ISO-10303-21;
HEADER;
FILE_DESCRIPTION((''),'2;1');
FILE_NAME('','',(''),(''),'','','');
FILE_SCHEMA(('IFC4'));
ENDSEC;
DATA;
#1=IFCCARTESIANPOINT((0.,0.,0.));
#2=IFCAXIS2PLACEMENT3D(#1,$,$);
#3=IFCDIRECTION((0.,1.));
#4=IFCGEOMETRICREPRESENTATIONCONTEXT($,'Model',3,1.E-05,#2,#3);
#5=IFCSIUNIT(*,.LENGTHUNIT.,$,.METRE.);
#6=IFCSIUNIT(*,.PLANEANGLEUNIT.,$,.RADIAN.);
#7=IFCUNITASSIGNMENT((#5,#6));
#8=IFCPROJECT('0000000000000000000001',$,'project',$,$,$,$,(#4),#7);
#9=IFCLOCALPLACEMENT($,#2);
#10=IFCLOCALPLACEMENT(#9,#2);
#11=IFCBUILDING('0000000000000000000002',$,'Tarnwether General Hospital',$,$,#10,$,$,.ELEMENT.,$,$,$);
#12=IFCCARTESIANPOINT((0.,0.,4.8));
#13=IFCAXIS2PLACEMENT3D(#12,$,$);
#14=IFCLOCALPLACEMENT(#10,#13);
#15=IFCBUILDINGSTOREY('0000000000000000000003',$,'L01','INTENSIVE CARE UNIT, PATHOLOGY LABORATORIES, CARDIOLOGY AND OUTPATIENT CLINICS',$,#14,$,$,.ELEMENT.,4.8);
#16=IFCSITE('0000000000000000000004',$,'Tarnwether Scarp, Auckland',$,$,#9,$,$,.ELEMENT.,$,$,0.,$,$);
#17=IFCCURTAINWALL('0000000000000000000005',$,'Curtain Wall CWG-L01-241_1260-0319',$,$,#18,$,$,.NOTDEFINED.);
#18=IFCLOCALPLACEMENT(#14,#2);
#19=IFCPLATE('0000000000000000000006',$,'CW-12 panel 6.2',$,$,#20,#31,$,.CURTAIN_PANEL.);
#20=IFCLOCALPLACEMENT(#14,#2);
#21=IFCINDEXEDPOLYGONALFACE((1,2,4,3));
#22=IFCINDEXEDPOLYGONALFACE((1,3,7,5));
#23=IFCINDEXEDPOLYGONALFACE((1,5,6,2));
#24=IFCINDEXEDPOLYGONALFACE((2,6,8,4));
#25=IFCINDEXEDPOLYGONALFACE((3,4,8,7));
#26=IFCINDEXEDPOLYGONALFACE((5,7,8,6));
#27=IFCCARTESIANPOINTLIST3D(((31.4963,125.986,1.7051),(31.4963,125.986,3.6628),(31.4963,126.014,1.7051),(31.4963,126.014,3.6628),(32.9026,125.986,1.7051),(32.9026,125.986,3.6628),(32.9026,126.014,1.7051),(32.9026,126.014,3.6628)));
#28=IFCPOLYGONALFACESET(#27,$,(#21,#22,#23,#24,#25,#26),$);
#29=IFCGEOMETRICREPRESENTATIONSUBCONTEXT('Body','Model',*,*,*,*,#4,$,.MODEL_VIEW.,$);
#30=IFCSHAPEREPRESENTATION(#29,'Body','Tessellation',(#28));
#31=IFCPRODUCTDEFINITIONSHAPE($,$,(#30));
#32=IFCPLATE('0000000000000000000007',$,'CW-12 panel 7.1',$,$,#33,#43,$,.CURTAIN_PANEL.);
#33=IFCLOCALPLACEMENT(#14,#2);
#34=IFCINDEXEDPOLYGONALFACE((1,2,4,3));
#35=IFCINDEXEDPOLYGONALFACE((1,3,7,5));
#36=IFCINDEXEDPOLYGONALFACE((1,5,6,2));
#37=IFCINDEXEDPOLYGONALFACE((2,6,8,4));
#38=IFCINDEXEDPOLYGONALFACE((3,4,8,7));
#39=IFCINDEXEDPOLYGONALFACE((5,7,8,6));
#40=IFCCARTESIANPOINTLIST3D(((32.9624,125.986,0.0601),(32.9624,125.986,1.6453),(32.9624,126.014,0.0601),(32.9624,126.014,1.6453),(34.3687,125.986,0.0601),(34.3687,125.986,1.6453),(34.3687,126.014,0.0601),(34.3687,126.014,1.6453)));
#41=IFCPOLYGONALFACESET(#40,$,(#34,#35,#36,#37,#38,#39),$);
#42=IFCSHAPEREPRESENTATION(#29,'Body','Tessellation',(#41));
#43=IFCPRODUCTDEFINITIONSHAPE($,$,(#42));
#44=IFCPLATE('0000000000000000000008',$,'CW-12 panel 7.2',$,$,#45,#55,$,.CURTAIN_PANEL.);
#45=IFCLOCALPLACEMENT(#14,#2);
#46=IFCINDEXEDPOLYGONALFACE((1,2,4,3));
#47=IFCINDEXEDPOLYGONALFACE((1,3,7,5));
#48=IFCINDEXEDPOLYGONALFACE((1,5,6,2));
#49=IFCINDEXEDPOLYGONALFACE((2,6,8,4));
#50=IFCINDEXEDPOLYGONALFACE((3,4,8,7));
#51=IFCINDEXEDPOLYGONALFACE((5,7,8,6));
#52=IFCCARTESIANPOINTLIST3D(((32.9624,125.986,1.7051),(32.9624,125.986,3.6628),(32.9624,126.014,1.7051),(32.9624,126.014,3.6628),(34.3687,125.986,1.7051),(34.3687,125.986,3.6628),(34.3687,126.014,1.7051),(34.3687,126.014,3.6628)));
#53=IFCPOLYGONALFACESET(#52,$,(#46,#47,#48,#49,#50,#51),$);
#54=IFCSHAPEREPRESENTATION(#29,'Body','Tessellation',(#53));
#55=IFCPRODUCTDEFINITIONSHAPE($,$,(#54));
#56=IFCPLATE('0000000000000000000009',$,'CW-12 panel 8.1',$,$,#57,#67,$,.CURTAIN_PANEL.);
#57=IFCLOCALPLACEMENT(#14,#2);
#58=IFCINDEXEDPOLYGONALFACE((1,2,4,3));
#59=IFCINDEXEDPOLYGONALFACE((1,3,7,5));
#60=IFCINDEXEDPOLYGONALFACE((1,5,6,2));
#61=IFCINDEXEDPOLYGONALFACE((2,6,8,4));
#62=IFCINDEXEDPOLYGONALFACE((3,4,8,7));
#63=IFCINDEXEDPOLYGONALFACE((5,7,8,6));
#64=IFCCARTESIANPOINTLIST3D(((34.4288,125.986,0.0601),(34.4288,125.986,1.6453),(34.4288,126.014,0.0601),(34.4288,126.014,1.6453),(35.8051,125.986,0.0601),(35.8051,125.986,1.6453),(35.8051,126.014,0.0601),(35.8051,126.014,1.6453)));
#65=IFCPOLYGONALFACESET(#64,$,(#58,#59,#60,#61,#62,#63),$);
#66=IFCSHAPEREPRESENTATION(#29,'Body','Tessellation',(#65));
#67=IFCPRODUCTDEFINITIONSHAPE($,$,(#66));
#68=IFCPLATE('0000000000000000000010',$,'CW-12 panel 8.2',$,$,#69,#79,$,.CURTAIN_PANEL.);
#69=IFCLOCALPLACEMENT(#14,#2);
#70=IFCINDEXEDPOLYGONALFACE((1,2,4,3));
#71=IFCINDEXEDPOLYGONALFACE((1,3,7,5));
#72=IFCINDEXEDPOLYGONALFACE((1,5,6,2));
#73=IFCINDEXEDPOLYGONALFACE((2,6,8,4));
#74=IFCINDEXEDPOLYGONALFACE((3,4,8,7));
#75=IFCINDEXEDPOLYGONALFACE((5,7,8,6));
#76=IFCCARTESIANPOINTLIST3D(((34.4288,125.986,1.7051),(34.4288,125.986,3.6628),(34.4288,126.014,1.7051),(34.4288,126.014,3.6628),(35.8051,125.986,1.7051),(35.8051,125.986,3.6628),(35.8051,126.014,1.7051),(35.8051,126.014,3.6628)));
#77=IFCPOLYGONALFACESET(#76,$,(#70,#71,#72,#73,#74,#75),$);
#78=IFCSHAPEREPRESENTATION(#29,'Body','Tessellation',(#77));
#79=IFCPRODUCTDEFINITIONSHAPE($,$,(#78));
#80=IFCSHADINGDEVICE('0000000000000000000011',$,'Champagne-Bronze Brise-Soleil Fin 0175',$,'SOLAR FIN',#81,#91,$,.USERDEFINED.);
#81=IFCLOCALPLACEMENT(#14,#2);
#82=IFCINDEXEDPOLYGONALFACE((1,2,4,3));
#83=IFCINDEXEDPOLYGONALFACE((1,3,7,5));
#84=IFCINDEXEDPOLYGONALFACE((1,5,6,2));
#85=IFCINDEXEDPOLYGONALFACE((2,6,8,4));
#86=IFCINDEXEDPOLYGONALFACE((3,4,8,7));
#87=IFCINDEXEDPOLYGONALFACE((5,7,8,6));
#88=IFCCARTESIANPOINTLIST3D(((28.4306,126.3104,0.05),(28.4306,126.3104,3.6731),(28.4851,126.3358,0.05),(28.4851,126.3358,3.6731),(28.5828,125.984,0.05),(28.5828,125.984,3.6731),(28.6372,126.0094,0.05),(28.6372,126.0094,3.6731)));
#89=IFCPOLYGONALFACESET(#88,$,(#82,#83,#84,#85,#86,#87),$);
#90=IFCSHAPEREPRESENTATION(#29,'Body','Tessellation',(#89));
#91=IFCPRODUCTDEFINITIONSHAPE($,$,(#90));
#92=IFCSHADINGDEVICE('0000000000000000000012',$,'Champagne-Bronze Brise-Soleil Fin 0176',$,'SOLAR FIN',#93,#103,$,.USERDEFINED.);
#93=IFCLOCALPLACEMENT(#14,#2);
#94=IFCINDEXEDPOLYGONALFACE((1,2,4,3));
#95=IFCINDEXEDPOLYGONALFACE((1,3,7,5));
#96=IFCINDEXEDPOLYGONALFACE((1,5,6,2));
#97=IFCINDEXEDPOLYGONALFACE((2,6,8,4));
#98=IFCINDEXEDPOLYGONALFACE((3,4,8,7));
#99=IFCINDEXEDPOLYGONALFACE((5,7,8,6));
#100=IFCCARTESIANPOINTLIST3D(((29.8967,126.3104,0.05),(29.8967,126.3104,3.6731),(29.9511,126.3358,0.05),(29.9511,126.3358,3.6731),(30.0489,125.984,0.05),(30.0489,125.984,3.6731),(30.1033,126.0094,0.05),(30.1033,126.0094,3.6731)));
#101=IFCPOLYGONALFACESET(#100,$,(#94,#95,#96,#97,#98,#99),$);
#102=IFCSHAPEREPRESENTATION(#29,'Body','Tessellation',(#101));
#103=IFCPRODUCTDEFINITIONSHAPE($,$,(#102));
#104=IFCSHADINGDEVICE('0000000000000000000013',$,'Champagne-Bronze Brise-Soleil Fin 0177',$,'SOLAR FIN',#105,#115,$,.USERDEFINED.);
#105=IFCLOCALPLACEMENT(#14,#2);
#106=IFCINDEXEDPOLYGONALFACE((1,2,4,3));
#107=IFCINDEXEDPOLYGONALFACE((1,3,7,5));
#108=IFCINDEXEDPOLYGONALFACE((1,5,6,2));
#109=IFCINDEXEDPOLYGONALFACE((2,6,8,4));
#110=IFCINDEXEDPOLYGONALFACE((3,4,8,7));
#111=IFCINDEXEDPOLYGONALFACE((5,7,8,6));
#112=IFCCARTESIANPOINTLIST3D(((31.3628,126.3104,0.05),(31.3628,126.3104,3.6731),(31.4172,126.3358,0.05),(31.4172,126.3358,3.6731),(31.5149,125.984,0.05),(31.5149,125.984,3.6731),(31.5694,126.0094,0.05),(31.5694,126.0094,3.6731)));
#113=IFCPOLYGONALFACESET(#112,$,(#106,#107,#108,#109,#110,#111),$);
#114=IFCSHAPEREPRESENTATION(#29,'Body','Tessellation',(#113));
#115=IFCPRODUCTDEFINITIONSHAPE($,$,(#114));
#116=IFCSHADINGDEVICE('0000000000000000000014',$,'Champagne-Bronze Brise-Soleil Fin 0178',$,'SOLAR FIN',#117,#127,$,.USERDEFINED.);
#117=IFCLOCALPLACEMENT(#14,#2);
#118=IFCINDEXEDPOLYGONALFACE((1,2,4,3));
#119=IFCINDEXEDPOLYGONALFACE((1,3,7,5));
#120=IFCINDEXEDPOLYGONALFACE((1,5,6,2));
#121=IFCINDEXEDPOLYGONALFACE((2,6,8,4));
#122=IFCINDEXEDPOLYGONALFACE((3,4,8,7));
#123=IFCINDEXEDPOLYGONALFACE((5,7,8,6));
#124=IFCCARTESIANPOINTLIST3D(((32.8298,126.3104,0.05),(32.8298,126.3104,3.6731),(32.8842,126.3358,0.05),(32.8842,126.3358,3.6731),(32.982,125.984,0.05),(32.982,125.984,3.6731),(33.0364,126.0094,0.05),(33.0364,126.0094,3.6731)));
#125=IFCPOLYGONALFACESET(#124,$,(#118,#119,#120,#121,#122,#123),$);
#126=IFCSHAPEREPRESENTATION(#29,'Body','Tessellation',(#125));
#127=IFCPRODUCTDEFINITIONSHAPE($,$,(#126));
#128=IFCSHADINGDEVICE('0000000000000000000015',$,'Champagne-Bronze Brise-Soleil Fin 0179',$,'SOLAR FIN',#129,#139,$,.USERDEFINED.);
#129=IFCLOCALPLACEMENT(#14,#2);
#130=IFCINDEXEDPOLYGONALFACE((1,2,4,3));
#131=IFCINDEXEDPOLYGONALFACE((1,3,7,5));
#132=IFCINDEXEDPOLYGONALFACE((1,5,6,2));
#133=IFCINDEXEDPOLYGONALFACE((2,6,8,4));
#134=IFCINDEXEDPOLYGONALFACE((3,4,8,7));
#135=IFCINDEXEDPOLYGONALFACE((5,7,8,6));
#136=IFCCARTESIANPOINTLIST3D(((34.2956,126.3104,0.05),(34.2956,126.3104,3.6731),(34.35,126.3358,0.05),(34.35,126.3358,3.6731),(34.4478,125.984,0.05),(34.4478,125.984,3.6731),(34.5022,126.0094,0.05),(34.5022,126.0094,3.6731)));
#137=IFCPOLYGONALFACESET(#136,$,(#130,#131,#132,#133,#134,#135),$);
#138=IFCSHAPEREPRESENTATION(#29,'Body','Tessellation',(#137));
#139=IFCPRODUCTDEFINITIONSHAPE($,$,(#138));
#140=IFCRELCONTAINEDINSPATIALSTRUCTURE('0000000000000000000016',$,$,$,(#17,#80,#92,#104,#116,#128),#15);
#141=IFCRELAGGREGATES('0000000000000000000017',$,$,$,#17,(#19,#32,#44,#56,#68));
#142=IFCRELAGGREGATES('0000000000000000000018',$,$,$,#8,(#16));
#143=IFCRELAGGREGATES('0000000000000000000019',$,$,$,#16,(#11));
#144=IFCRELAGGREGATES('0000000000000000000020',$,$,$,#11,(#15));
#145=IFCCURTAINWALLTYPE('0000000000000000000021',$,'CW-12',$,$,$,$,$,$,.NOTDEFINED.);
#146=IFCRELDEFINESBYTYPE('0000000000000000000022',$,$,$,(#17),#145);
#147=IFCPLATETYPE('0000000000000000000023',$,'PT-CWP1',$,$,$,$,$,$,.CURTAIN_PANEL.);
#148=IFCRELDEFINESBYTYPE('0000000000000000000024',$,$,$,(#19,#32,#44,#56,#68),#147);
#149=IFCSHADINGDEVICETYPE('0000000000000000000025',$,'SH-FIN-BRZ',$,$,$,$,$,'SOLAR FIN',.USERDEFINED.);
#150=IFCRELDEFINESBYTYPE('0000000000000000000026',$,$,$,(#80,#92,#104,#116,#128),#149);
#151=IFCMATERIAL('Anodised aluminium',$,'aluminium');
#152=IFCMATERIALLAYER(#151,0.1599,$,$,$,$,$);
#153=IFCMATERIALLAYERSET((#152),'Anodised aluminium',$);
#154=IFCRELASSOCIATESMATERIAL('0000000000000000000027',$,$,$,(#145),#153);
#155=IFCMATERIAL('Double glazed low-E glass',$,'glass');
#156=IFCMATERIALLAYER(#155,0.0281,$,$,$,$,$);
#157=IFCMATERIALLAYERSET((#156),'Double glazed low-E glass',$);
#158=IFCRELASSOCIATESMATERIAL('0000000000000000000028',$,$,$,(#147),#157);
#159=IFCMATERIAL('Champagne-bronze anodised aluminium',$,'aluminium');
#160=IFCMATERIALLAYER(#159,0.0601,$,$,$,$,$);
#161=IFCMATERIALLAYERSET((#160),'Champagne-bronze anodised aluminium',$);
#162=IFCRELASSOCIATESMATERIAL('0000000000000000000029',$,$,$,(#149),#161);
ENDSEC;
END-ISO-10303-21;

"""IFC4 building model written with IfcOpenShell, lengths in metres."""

from ifc_helpers import new_model, si_unit, direction, frame, origin, origin_2d, place, context, subcontext, project, spatial, rectangle, extrude, material, layer, layer_set, type_object, element, aggregate, save


model = new_model("IFC4")

# Units and contexts
model_context = context("Model", 3, precision=1e-05, world=origin(), true_north=direction((0.0, 1.0)))
body_context = subcontext(model_context, "Body", "Model", "MODEL_VIEW")
ifc_project = project(units=[si_unit("LENGTHUNIT", "METRE"), si_unit("PLANEANGLEUNIT", "RADIAN")], contexts=[model_context])

# Site, building, storey
site_placement = place(None, origin())
site = spatial("IfcSite", under=ifc_project, at=site_placement, Name="Tarnwether Scarp, Auckland", CompositionType="ELEMENT", RefElevation=0.0)
building_placement = place(site_placement, origin())
building = spatial("IfcBuilding", under=site, at=building_placement, Name="Tarnwether General Hospital", CompositionType="ELEMENT")
storey_placement = place(building_placement, frame((0.0, 0.0, 4.8)))
storey = spatial("IfcBuildingStorey", under=building, at=storey_placement, Name="L01", Description="INTENSIVE CARE UNIT, PATHOLOGY LABORATORIES, CARDIOLOGY AND OUTPATIENT CLINICS", CompositionType="ELEMENT", Elevation=4.8)

# Curtain wall, plates
ifc_material_1 = material(Name="Anodised aluminium", Category="aluminium")
ifc_layer_1 = layer(ifc_material_1, 0.1599)
ifc_layer_set_1 = layer_set([ifc_layer_1], Name="Anodised aluminium")
curtain_wall_type = type_object("IfcCurtainWallType", Name="CW-12", PredefinedType="NOTDEFINED", material=ifc_layer_set_1)
curtain_wall_placement = place(storey_placement, origin())
curtain_wall = element("IfcCurtainWall", 1, at=curtain_wall_placement, inside=storey, type_object=curtain_wall_type, Name="Curtain Wall CWG-L01-241_1260-0319", PredefinedType="NOTDEFINED")
ifc_material_2 = material(Name="Double glazed low-E glass", Category="glass")
ifc_layer_2 = layer(ifc_material_2, 0.0281)
ifc_layer_set_2 = layer_set([ifc_layer_2], Name="Double glazed low-E glass")
plate_type = type_object("IfcPlateType", Name="PT-CWP1", PredefinedType="CURTAIN_PANEL", material=ifc_layer_set_2)
plate_1_placement = place(storey_placement, frame((32.1995, 126.0, 1.7051), z_axis=(0.0, 0.0, 1.0), x_axis=(1.0, 0.0, 0.0)))
plate_1 = element("IfcPlate", 2, at=plate_1_placement, type_object=plate_type, Name="CW-12 panel 6.2", PredefinedType="CURTAIN_PANEL", context=body_context, shape_type="SweptSolid", body=[
    extrude(rectangle(XDim=1.4062, YDim=0.0281, at=origin_2d()), origin(), (0.0, 0.0, 1.0), 1.9578),
])
plate_2_placement = place(storey_placement, frame((33.6655, 126.0, 0.0601), z_axis=(0.0, 0.0, 1.0), x_axis=(1.0, 0.0, 0.0)))
plate_2 = element("IfcPlate", 3, at=plate_2_placement, type_object=plate_type, Name="CW-12 panel 7.1", PredefinedType="CURTAIN_PANEL", context=body_context, shape_type="SweptSolid", body=[
    extrude(rectangle(XDim=1.4062, YDim=0.0281, at=origin_2d()), origin(), (0.0, 0.0, 1.0), 1.5852),
])
plate_3_placement = place(storey_placement, frame((33.6655, 126.0, 1.7051), z_axis=(0.0, 0.0, 1.0), x_axis=(1.0, 0.0, 0.0)))
plate_3 = element("IfcPlate", 4, at=plate_3_placement, type_object=plate_type, Name="CW-12 panel 7.2", PredefinedType="CURTAIN_PANEL", context=body_context, shape_type="SweptSolid", body=[
    extrude(rectangle(XDim=1.4062, YDim=0.0281, at=origin_2d()), origin(), (0.0, 0.0, 1.0), 1.9578),
])
plate_4_placement = place(storey_placement, frame((35.1169, 126.0, 0.0601), z_axis=(0.0, 0.0, 1.0), x_axis=(1.0, 0.0, 0.0)))
plate_4 = element("IfcPlate", 5, at=plate_4_placement, type_object=plate_type, Name="CW-12 panel 8.1", PredefinedType="CURTAIN_PANEL", context=body_context, shape_type="SweptSolid", body=[
    extrude(rectangle(XDim=1.3762, YDim=0.0281, at=origin_2d()), origin(), (0.0, 0.0, 1.0), 1.5852),
])
plate_5_placement = place(storey_placement, frame((35.1169, 126.0, 1.7051), z_axis=(0.0, 0.0, 1.0), x_axis=(1.0, 0.0, 0.0)))
plate_5 = element("IfcPlate", 6, at=plate_5_placement, type_object=plate_type, Name="CW-12 panel 8.2", PredefinedType="CURTAIN_PANEL", context=body_context, shape_type="SweptSolid", body=[
    extrude(rectangle(XDim=1.3762, YDim=0.0281, at=origin_2d()), origin(), (0.0, 0.0, 1.0), 1.9578),
])
aggregate(curtain_wall, [plate_1, plate_2, plate_3, plate_4, plate_5])

# Shading devices
ifc_material_3 = material(Name="Champagne-bronze anodised aluminium", Category="aluminium")
ifc_layer_3 = layer(ifc_material_3, 0.0601)
ifc_layer_set_3 = layer_set([ifc_layer_3], Name="Champagne-bronze anodised aluminium")
shading_device_type = type_object("IfcShadingDeviceType", Name="SH-FIN-BRZ", ElementType="SOLAR FIN", PredefinedType="USERDEFINED", material=ifc_layer_set_3)
for number, where, z_axis, x_axis, name in (
    (7, (28.5339, 126.1599, 0.05), (0.0, 0.0, 1.0), (0.906308, 0.422618, 0.0), "Champagne-Bronze Brise-Soleil Fin 0175"),
    (8, (30.0, 126.1599, 0.05), (0.0, 0.0, 1.0), (0.906308, 0.422618, 0.0), "Champagne-Bronze Brise-Soleil Fin 0176"),
    (9, (31.4661, 126.1599, 0.05), (0.0, 0.0, 1.0), (0.906308, 0.422618, 0.0), "Champagne-Bronze Brise-Soleil Fin 0177"),
    (10, (32.9331, 126.1599, 0.05), (0.0, 0.0, 1.0), (0.906308, 0.422618, 0.0), "Champagne-Bronze Brise-Soleil Fin 0178"),
    (11, (34.3989, 126.1599, 0.05), (0.0, 0.0, 1.0), (0.906308, 0.422618, 0.0), "Champagne-Bronze Brise-Soleil Fin 0179"),
):
    element("IfcShadingDevice", number, at=place(storey_placement, frame(where, z_axis=z_axis, x_axis=x_axis)), inside=storey, type_object=shading_device_type, Name=name, ObjectType="SOLAR FIN", PredefinedType="USERDEFINED", context=body_context, shape_type="SweptSolid", body=[
        extrude(rectangle(XDim=0.0601, YDim=0.3601, at=origin_2d()), origin(), (0.0, 0.0, 1.0), 3.623),
    ])

save(model, "model.ifc")
